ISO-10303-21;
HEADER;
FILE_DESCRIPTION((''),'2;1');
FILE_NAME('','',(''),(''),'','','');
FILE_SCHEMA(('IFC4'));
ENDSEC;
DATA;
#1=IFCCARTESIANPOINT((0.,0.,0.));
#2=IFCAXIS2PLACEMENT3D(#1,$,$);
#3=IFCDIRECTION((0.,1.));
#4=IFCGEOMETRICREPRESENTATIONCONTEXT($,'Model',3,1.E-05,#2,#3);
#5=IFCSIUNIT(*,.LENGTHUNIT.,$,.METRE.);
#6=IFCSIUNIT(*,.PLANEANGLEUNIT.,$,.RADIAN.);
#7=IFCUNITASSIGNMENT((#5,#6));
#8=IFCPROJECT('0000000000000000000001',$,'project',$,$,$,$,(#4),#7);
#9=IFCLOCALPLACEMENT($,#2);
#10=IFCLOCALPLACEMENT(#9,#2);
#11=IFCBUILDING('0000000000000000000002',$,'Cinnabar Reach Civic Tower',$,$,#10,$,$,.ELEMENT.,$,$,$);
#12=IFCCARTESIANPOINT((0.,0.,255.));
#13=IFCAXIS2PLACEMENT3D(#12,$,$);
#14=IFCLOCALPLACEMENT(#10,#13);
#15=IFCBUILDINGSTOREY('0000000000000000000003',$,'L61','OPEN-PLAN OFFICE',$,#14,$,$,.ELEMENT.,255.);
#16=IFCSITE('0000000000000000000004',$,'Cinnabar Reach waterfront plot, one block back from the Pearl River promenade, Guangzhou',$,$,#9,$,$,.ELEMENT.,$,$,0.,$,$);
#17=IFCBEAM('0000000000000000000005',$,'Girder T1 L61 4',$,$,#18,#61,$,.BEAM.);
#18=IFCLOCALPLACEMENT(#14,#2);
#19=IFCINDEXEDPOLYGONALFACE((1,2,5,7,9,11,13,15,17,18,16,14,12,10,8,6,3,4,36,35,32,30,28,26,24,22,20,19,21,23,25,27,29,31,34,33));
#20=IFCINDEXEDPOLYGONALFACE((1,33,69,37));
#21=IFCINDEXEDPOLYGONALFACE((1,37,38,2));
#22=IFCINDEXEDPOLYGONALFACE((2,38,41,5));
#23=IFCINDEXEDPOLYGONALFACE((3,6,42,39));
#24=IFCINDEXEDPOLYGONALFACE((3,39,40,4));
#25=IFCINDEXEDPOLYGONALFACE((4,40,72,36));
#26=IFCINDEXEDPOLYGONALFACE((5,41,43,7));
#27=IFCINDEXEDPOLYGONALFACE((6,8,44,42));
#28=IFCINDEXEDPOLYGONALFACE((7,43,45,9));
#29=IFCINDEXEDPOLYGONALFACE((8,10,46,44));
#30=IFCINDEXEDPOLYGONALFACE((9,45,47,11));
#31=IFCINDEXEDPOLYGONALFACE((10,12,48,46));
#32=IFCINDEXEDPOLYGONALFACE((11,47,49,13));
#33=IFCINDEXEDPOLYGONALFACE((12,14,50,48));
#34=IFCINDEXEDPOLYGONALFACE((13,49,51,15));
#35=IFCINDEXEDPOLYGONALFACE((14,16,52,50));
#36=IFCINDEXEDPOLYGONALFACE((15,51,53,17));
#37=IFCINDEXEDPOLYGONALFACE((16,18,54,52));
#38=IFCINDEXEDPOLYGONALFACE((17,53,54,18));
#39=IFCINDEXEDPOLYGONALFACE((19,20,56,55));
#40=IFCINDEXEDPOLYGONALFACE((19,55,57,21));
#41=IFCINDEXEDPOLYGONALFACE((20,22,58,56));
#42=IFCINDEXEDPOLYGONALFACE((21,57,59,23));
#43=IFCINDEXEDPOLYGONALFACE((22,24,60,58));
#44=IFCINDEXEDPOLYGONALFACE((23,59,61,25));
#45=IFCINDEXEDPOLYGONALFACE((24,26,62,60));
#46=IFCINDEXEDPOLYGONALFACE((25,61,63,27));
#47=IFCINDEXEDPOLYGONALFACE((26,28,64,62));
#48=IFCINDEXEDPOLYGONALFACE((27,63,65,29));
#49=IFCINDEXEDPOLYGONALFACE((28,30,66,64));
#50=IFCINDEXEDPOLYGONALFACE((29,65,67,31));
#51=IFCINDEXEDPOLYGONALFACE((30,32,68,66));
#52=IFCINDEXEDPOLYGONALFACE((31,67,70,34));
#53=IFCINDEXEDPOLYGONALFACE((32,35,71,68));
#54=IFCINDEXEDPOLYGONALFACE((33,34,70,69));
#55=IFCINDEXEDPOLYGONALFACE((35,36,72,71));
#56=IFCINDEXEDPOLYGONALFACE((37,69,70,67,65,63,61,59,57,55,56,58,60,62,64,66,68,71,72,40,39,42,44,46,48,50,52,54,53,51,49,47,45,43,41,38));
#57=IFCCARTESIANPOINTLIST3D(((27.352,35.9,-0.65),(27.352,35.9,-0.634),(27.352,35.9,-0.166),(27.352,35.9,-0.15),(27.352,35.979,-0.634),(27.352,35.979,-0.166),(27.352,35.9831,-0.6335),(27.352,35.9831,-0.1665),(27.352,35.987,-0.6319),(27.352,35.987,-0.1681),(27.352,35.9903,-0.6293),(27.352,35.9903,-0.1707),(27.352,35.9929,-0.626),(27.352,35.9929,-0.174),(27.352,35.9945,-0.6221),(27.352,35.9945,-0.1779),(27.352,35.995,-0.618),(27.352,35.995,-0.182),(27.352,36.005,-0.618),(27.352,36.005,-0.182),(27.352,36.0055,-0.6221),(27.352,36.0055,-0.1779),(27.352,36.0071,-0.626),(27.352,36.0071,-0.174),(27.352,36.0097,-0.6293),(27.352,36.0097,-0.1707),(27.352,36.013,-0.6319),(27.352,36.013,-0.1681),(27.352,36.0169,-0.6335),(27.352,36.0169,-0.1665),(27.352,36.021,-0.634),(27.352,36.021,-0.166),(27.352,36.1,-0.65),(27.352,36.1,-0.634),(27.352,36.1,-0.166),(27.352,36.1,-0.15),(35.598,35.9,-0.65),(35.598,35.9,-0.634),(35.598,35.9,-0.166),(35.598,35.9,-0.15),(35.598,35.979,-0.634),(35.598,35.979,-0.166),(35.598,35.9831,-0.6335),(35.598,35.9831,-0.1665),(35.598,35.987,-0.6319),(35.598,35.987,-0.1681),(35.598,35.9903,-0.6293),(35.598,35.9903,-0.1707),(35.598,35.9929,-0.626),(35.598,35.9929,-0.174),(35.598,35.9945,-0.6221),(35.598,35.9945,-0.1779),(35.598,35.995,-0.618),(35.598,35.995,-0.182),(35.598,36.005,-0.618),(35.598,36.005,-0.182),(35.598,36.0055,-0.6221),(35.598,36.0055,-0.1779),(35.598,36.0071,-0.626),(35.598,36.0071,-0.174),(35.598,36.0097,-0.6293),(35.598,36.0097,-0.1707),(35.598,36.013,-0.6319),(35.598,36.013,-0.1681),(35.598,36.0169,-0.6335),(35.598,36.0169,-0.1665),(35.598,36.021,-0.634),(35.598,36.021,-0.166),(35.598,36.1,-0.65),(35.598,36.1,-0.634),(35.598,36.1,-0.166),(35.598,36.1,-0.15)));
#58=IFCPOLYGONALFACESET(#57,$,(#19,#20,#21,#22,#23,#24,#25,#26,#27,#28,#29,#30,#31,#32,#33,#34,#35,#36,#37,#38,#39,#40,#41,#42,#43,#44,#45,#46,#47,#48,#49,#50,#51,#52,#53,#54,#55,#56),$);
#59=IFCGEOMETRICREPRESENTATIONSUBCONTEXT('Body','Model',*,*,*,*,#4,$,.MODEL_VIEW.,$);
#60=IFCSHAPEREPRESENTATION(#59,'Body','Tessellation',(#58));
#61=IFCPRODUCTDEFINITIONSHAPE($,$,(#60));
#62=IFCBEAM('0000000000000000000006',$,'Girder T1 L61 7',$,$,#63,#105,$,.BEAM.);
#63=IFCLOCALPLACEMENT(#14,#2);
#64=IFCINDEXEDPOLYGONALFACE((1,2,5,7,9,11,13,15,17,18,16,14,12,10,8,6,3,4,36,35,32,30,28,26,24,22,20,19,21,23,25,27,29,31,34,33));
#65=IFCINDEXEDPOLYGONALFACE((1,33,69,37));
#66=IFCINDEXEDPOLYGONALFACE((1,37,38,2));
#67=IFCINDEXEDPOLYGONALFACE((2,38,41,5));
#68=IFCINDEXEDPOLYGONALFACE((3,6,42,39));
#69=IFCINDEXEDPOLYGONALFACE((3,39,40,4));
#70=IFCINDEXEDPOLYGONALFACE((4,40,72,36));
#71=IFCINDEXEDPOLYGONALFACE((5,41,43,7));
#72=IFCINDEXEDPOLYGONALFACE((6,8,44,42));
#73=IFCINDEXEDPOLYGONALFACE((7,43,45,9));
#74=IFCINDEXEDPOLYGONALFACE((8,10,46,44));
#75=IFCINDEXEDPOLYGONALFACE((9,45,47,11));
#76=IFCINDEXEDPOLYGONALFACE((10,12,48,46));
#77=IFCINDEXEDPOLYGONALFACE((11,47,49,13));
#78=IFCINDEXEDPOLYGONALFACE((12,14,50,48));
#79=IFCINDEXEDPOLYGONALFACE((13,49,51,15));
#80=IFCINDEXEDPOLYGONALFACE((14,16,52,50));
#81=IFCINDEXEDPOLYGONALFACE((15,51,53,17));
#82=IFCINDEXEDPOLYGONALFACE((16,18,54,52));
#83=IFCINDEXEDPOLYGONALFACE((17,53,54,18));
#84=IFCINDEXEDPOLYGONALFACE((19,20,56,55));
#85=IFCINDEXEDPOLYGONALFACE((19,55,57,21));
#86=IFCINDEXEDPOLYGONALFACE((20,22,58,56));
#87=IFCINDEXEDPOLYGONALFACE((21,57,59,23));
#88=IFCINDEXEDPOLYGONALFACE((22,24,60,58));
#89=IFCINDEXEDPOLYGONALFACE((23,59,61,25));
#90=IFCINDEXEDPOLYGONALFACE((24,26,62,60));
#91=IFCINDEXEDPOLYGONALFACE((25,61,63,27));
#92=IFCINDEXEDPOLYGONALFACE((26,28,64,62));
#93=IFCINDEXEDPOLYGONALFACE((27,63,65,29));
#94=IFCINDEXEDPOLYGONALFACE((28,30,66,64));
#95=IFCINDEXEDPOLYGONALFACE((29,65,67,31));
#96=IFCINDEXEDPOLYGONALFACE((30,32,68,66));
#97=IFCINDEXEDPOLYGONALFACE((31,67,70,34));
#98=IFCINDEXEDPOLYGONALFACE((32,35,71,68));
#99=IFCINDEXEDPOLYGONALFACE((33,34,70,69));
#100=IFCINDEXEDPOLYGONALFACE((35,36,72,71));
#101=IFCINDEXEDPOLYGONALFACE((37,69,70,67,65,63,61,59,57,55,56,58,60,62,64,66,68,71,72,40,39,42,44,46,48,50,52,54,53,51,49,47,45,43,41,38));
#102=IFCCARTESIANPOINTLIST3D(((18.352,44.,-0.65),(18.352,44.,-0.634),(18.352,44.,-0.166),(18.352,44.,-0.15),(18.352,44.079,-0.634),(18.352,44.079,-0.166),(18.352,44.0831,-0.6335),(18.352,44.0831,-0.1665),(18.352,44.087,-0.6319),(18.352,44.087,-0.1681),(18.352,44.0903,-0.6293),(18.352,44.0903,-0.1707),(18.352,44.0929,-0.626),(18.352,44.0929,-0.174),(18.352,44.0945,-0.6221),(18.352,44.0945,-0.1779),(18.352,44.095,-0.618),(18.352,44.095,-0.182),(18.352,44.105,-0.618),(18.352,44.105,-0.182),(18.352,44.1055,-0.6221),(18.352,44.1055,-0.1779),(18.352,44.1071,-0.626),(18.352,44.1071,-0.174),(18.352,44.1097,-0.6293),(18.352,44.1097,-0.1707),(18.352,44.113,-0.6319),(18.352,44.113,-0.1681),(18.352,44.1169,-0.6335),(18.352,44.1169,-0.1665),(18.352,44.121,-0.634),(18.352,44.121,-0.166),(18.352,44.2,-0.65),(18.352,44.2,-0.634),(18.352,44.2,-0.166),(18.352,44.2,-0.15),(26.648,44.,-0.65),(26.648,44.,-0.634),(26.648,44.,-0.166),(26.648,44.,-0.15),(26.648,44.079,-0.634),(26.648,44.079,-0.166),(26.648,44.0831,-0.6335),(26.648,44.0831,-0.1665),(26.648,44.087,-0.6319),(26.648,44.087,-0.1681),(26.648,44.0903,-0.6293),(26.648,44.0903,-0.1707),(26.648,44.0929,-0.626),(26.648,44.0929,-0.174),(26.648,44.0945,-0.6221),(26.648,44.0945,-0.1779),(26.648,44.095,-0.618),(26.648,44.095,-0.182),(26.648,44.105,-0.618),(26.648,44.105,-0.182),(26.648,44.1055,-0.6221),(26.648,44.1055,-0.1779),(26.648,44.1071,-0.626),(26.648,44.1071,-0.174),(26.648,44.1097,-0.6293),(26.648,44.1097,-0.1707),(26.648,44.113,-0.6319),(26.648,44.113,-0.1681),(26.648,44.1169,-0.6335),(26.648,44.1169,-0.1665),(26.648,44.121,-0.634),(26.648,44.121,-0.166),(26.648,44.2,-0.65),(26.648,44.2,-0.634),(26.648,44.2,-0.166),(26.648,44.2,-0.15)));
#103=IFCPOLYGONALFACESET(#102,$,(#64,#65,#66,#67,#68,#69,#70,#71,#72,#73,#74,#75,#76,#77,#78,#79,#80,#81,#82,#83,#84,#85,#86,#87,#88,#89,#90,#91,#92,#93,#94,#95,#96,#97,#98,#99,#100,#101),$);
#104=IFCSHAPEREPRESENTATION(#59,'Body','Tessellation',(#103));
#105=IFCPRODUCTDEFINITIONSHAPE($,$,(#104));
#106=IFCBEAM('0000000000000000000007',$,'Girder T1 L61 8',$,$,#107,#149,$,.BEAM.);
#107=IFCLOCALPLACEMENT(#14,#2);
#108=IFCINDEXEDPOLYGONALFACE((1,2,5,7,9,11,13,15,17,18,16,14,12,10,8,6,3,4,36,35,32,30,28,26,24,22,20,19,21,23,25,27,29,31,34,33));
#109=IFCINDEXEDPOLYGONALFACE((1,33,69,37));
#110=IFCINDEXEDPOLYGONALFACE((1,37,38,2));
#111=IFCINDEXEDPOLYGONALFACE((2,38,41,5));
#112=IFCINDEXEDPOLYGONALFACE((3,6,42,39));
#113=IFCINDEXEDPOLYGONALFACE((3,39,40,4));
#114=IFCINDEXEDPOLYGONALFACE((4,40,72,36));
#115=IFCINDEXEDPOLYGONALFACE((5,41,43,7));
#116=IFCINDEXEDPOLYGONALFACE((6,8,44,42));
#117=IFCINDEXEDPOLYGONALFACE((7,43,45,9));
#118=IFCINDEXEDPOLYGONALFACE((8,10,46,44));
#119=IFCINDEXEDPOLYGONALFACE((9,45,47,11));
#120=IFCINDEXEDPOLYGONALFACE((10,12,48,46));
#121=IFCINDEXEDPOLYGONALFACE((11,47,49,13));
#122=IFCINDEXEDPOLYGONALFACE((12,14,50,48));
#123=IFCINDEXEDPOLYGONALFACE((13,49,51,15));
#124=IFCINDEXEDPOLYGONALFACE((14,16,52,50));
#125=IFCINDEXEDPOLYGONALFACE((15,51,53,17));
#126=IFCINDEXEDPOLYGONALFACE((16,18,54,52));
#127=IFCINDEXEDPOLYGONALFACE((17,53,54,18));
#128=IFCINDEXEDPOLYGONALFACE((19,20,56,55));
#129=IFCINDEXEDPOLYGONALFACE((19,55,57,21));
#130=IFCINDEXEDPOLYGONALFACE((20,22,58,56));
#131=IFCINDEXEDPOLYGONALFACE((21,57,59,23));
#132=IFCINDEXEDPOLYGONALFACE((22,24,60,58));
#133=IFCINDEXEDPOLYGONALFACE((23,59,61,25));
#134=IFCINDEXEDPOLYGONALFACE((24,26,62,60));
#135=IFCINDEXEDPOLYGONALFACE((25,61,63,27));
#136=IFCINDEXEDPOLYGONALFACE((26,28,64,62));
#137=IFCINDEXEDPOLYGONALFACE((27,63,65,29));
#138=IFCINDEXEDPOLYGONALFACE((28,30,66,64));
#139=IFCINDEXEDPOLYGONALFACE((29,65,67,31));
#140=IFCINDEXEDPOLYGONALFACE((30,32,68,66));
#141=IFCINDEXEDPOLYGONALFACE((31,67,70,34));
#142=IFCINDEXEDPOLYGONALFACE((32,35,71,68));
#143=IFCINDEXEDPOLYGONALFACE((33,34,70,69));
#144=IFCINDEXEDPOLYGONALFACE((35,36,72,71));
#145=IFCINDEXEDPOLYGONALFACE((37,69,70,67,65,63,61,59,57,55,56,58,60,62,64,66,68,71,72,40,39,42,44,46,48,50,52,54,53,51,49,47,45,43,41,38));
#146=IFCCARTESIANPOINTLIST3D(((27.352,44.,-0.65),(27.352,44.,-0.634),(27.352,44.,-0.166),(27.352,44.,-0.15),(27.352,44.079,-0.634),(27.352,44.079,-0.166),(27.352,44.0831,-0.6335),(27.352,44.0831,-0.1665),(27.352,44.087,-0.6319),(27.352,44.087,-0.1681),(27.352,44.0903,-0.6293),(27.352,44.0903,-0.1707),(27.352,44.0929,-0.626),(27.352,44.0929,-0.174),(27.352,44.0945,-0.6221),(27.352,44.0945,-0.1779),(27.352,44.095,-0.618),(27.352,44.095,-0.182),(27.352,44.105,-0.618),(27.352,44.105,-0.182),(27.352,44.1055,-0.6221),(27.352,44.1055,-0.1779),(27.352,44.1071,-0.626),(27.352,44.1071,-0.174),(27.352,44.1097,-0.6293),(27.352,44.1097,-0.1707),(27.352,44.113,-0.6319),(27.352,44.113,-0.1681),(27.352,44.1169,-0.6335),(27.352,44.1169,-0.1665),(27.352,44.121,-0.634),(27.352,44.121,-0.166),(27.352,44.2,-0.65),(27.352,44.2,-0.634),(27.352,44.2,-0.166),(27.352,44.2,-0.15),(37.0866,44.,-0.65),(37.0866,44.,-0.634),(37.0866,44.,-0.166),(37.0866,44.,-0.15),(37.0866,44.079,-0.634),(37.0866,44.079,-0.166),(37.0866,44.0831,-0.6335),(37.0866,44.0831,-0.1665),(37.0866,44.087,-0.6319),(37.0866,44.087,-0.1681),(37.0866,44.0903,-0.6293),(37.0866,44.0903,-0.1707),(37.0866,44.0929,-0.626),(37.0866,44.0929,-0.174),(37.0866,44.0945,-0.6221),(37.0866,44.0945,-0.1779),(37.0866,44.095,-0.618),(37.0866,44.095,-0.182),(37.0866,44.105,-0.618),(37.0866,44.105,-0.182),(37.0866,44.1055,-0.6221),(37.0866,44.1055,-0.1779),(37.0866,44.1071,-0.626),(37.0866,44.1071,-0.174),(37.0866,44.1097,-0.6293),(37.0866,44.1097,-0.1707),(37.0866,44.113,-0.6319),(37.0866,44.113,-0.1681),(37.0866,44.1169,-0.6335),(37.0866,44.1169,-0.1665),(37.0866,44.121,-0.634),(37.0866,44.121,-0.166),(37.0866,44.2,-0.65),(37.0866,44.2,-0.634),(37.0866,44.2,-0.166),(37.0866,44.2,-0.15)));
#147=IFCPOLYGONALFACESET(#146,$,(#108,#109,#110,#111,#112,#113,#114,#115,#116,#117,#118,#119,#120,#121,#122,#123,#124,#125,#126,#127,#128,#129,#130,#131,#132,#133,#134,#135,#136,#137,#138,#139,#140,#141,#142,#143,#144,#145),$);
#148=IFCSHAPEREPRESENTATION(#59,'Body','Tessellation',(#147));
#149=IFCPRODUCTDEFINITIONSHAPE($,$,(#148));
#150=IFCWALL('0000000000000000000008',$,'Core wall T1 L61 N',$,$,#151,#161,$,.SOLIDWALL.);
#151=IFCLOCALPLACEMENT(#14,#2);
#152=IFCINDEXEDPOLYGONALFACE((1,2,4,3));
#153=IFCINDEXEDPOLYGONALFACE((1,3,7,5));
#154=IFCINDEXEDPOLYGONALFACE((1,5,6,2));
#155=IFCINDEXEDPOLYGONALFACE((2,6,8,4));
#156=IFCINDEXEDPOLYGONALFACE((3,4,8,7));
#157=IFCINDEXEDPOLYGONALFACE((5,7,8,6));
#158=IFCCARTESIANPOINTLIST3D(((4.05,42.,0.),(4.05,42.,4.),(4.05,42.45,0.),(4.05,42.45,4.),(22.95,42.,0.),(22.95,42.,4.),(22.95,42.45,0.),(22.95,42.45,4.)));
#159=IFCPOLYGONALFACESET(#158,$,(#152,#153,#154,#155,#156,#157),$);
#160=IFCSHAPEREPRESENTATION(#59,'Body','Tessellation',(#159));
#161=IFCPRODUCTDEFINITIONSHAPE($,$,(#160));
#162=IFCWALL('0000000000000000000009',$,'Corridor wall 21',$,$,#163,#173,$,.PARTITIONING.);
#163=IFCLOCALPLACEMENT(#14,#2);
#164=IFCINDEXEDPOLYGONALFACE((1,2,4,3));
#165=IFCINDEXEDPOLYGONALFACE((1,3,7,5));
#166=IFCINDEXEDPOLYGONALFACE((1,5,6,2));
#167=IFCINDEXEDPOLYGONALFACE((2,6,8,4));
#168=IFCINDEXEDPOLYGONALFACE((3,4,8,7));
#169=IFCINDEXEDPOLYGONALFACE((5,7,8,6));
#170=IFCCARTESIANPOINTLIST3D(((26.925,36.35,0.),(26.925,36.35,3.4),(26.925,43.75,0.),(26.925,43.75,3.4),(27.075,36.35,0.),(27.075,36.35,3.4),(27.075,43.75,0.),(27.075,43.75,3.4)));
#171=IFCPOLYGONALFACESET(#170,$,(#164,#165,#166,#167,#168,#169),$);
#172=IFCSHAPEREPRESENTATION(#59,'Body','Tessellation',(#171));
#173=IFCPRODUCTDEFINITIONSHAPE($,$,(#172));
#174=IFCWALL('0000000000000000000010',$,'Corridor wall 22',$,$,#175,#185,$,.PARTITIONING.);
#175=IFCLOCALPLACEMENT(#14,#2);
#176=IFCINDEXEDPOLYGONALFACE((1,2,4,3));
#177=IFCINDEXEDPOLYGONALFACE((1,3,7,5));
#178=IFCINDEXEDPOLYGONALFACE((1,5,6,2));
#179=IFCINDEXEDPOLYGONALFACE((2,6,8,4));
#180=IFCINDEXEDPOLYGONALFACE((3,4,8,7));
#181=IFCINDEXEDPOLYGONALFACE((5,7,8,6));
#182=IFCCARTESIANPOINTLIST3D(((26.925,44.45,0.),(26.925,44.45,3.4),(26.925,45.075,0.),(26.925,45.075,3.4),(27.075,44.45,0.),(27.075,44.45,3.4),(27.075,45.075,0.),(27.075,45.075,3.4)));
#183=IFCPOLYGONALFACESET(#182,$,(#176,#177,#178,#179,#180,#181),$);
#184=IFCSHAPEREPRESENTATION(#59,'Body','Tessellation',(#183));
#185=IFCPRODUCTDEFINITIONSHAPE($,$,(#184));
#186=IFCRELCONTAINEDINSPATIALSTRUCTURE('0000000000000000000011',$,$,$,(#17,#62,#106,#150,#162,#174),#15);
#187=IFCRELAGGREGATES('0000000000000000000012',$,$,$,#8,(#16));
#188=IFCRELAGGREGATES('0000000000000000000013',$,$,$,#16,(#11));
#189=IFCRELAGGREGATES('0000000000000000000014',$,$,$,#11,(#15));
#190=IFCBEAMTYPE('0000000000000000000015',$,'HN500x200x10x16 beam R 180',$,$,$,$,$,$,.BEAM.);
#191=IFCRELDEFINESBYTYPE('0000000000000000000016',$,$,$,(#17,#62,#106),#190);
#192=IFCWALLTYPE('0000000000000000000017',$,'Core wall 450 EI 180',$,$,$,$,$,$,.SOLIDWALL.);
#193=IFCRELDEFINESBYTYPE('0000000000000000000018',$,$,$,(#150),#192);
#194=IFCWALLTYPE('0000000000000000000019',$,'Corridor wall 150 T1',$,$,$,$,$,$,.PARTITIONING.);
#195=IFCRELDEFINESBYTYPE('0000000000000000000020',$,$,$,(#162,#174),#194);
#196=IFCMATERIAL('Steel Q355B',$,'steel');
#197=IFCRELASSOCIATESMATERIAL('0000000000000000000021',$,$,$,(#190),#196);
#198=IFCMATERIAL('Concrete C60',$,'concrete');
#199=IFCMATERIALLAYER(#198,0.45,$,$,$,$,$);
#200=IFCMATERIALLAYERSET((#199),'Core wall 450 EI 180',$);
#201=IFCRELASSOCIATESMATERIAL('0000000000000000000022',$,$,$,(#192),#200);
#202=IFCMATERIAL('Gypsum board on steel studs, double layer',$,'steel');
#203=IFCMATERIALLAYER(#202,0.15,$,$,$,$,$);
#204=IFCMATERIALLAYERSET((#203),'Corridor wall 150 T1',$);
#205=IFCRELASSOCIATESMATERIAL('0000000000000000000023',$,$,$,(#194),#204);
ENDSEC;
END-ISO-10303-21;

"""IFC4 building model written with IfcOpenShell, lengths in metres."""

from ifc_helpers import new_model, si_unit, direction, frame, frame_2d, origin, origin_2d, place, context, subcontext, project, spatial, rectangle, i_section, extrude, material, layer, layer_set, material_profile, profile_set, type_object, element, save


model = new_model("IFC4")

# Units and contexts
model_context = context("Model", 3, precision=1e-05, world=origin(), true_north=direction((0.0, 1.0)))
body_context = subcontext(model_context, "Body", "Model", "MODEL_VIEW")
ifc_project = project(units=[si_unit("LENGTHUNIT", "METRE"), si_unit("PLANEANGLEUNIT", "RADIAN")], contexts=[model_context])

# Site, building, storey
site_placement = place(None, origin())
site = spatial("IfcSite", under=ifc_project, at=site_placement, Name="Cinnabar Reach waterfront plot, one block back from the Pearl River promenade, Guangzhou", CompositionType="ELEMENT", RefElevation=0.0)
building_placement = place(site_placement, origin())
building = spatial("IfcBuilding", under=site, at=building_placement, Name="Cinnabar Reach Civic Tower", CompositionType="ELEMENT")
storey_placement = place(building_placement, frame((0.0, 0.0, 255.0)))
storey = spatial("IfcBuildingStorey", under=building, at=storey_placement, Name="L61", Description="OPEN-PLAN OFFICE", CompositionType="ELEMENT", Elevation=255.0)

# Shared definitions
ifc_material_1 = material(Name="Concrete C60", Category="concrete")

# Beams
ifc_material_2 = material(Name="Steel Q355B", Category="steel")
ifc_material_profile_1 = material_profile(ifc_material_2, i_section(OverallWidth=0.2, OverallDepth=0.5, WebThickness=0.01, FlangeThickness=0.016, FilletRadius=0.016, at=origin_2d()), Name="HN500x200x10x16")
ifc_profile_set_1 = profile_set([ifc_material_profile_1], Name="Steel Q355B")
beam_type_1 = type_object("IfcBeamType", Name="HN500x200x10x16 beam R 180", PredefinedType="BEAM", material=ifc_profile_set_1)
beam_1_placement = place(storey_placement, frame((27.352, 36.0, -0.4), z_axis=(1.0, 0.0, 0.0), x_axis=(0.0, 1.0, 0.0)))
element("IfcBeam", 1, at=beam_1_placement, inside=storey, type_object=beam_type_1, Name="Girder T1 L61 4", PredefinedType="BEAM", context=body_context, shape_type="SweptSolid", body=[
    extrude(i_section(OverallWidth=0.2, OverallDepth=0.5, WebThickness=0.01, FlangeThickness=0.016, FilletRadius=0.016, at=origin_2d()), origin(), (0.0, 0.0, 1.0), 8.246),
])
beam_2_placement = place(storey_placement, frame((18.352, 44.1, -0.4), z_axis=(1.0, 0.0, 0.0), x_axis=(0.0, 1.0, 0.0)))
element("IfcBeam", 2, at=beam_2_placement, inside=storey, type_object=beam_type_1, Name="Girder T1 L61 7", PredefinedType="BEAM", context=body_context, shape_type="SweptSolid", body=[
    extrude(i_section(OverallWidth=0.2, OverallDepth=0.5, WebThickness=0.01, FlangeThickness=0.016, FilletRadius=0.016, at=origin_2d()), origin(), (0.0, 0.0, 1.0), 8.296),
])
beam_3_placement = place(storey_placement, frame((27.352, 44.1, -0.4), z_axis=(1.0, 0.0, 0.0), x_axis=(0.0, 1.0, 0.0)))
element("IfcBeam", 3, at=beam_3_placement, inside=storey, type_object=beam_type_1, Name="Girder T1 L61 8", PredefinedType="BEAM", context=body_context, shape_type="SweptSolid", body=[
    extrude(i_section(OverallWidth=0.2, OverallDepth=0.5, WebThickness=0.01, FlangeThickness=0.016, FilletRadius=0.016, at=origin_2d()), origin(), (0.0, 0.0, 1.0), 9.7346),
])

# Walls
ifc_layer_1 = layer(ifc_material_1, 0.45)
ifc_layer_set_1 = layer_set([ifc_layer_1], Name="Core wall 450 EI 180")
wall_type_1 = type_object("IfcWallType", Name="Core wall 450 EI 180", PredefinedType="SOLIDWALL", material=ifc_layer_set_1)
wall_1_placement = place(storey_placement, frame((22.95, 42.225, 0.0), z_axis=(0.0, 0.0, 1.0), x_axis=(-1.0, 0.0, 0.0)))
element("IfcWall", 4, at=wall_1_placement, inside=storey, type_object=wall_type_1, Name="Core wall T1 L61 N", PredefinedType="SOLIDWALL", context=body_context, shape_type="SweptSolid", body=[
    extrude(rectangle(XDim=18.9, YDim=0.45, at=frame_2d((9.45, 0.0))), origin(), (0.0, 0.0, 1.0), 4.0),
])
ifc_material_3 = material(Name="Gypsum board on steel studs, double layer", Category="steel")
ifc_layer_2 = layer(ifc_material_3, 0.15)
ifc_layer_set_2 = layer_set([ifc_layer_2], Name="Corridor wall 150 T1")
wall_type_2 = type_object("IfcWallType", Name="Corridor wall 150 T1", PredefinedType="PARTITIONING", material=ifc_layer_set_2)
wall_2_placement = place(storey_placement, frame((27.0, 36.35, 0.0), z_axis=(0.0, 0.0, 1.0), x_axis=(0.0, 1.0, 0.0)))
element("IfcWall", 5, at=wall_2_placement, inside=storey, type_object=wall_type_2, Name="Corridor wall 21", PredefinedType="PARTITIONING", context=body_context, shape_type="SweptSolid", body=[
    extrude(rectangle(XDim=7.4, YDim=0.15, at=frame_2d((3.7, 0.0))), origin(), (0.0, 0.0, 1.0), 3.4),
])
wall_3_placement = place(storey_placement, frame((27.0, 44.45, 0.0), z_axis=(0.0, 0.0, 1.0), x_axis=(0.0, 1.0, 0.0)))
element("IfcWall", 6, at=wall_3_placement, inside=storey, type_object=wall_type_2, Name="Corridor wall 22", PredefinedType="PARTITIONING", context=body_context, shape_type="SweptSolid", body=[
    extrude(rectangle(XDim=0.625, YDim=0.15, at=frame_2d((0.3125, 0.0))), origin(), (0.0, 0.0, 1.0), 3.4),
])

save(model, "model.ifc")
